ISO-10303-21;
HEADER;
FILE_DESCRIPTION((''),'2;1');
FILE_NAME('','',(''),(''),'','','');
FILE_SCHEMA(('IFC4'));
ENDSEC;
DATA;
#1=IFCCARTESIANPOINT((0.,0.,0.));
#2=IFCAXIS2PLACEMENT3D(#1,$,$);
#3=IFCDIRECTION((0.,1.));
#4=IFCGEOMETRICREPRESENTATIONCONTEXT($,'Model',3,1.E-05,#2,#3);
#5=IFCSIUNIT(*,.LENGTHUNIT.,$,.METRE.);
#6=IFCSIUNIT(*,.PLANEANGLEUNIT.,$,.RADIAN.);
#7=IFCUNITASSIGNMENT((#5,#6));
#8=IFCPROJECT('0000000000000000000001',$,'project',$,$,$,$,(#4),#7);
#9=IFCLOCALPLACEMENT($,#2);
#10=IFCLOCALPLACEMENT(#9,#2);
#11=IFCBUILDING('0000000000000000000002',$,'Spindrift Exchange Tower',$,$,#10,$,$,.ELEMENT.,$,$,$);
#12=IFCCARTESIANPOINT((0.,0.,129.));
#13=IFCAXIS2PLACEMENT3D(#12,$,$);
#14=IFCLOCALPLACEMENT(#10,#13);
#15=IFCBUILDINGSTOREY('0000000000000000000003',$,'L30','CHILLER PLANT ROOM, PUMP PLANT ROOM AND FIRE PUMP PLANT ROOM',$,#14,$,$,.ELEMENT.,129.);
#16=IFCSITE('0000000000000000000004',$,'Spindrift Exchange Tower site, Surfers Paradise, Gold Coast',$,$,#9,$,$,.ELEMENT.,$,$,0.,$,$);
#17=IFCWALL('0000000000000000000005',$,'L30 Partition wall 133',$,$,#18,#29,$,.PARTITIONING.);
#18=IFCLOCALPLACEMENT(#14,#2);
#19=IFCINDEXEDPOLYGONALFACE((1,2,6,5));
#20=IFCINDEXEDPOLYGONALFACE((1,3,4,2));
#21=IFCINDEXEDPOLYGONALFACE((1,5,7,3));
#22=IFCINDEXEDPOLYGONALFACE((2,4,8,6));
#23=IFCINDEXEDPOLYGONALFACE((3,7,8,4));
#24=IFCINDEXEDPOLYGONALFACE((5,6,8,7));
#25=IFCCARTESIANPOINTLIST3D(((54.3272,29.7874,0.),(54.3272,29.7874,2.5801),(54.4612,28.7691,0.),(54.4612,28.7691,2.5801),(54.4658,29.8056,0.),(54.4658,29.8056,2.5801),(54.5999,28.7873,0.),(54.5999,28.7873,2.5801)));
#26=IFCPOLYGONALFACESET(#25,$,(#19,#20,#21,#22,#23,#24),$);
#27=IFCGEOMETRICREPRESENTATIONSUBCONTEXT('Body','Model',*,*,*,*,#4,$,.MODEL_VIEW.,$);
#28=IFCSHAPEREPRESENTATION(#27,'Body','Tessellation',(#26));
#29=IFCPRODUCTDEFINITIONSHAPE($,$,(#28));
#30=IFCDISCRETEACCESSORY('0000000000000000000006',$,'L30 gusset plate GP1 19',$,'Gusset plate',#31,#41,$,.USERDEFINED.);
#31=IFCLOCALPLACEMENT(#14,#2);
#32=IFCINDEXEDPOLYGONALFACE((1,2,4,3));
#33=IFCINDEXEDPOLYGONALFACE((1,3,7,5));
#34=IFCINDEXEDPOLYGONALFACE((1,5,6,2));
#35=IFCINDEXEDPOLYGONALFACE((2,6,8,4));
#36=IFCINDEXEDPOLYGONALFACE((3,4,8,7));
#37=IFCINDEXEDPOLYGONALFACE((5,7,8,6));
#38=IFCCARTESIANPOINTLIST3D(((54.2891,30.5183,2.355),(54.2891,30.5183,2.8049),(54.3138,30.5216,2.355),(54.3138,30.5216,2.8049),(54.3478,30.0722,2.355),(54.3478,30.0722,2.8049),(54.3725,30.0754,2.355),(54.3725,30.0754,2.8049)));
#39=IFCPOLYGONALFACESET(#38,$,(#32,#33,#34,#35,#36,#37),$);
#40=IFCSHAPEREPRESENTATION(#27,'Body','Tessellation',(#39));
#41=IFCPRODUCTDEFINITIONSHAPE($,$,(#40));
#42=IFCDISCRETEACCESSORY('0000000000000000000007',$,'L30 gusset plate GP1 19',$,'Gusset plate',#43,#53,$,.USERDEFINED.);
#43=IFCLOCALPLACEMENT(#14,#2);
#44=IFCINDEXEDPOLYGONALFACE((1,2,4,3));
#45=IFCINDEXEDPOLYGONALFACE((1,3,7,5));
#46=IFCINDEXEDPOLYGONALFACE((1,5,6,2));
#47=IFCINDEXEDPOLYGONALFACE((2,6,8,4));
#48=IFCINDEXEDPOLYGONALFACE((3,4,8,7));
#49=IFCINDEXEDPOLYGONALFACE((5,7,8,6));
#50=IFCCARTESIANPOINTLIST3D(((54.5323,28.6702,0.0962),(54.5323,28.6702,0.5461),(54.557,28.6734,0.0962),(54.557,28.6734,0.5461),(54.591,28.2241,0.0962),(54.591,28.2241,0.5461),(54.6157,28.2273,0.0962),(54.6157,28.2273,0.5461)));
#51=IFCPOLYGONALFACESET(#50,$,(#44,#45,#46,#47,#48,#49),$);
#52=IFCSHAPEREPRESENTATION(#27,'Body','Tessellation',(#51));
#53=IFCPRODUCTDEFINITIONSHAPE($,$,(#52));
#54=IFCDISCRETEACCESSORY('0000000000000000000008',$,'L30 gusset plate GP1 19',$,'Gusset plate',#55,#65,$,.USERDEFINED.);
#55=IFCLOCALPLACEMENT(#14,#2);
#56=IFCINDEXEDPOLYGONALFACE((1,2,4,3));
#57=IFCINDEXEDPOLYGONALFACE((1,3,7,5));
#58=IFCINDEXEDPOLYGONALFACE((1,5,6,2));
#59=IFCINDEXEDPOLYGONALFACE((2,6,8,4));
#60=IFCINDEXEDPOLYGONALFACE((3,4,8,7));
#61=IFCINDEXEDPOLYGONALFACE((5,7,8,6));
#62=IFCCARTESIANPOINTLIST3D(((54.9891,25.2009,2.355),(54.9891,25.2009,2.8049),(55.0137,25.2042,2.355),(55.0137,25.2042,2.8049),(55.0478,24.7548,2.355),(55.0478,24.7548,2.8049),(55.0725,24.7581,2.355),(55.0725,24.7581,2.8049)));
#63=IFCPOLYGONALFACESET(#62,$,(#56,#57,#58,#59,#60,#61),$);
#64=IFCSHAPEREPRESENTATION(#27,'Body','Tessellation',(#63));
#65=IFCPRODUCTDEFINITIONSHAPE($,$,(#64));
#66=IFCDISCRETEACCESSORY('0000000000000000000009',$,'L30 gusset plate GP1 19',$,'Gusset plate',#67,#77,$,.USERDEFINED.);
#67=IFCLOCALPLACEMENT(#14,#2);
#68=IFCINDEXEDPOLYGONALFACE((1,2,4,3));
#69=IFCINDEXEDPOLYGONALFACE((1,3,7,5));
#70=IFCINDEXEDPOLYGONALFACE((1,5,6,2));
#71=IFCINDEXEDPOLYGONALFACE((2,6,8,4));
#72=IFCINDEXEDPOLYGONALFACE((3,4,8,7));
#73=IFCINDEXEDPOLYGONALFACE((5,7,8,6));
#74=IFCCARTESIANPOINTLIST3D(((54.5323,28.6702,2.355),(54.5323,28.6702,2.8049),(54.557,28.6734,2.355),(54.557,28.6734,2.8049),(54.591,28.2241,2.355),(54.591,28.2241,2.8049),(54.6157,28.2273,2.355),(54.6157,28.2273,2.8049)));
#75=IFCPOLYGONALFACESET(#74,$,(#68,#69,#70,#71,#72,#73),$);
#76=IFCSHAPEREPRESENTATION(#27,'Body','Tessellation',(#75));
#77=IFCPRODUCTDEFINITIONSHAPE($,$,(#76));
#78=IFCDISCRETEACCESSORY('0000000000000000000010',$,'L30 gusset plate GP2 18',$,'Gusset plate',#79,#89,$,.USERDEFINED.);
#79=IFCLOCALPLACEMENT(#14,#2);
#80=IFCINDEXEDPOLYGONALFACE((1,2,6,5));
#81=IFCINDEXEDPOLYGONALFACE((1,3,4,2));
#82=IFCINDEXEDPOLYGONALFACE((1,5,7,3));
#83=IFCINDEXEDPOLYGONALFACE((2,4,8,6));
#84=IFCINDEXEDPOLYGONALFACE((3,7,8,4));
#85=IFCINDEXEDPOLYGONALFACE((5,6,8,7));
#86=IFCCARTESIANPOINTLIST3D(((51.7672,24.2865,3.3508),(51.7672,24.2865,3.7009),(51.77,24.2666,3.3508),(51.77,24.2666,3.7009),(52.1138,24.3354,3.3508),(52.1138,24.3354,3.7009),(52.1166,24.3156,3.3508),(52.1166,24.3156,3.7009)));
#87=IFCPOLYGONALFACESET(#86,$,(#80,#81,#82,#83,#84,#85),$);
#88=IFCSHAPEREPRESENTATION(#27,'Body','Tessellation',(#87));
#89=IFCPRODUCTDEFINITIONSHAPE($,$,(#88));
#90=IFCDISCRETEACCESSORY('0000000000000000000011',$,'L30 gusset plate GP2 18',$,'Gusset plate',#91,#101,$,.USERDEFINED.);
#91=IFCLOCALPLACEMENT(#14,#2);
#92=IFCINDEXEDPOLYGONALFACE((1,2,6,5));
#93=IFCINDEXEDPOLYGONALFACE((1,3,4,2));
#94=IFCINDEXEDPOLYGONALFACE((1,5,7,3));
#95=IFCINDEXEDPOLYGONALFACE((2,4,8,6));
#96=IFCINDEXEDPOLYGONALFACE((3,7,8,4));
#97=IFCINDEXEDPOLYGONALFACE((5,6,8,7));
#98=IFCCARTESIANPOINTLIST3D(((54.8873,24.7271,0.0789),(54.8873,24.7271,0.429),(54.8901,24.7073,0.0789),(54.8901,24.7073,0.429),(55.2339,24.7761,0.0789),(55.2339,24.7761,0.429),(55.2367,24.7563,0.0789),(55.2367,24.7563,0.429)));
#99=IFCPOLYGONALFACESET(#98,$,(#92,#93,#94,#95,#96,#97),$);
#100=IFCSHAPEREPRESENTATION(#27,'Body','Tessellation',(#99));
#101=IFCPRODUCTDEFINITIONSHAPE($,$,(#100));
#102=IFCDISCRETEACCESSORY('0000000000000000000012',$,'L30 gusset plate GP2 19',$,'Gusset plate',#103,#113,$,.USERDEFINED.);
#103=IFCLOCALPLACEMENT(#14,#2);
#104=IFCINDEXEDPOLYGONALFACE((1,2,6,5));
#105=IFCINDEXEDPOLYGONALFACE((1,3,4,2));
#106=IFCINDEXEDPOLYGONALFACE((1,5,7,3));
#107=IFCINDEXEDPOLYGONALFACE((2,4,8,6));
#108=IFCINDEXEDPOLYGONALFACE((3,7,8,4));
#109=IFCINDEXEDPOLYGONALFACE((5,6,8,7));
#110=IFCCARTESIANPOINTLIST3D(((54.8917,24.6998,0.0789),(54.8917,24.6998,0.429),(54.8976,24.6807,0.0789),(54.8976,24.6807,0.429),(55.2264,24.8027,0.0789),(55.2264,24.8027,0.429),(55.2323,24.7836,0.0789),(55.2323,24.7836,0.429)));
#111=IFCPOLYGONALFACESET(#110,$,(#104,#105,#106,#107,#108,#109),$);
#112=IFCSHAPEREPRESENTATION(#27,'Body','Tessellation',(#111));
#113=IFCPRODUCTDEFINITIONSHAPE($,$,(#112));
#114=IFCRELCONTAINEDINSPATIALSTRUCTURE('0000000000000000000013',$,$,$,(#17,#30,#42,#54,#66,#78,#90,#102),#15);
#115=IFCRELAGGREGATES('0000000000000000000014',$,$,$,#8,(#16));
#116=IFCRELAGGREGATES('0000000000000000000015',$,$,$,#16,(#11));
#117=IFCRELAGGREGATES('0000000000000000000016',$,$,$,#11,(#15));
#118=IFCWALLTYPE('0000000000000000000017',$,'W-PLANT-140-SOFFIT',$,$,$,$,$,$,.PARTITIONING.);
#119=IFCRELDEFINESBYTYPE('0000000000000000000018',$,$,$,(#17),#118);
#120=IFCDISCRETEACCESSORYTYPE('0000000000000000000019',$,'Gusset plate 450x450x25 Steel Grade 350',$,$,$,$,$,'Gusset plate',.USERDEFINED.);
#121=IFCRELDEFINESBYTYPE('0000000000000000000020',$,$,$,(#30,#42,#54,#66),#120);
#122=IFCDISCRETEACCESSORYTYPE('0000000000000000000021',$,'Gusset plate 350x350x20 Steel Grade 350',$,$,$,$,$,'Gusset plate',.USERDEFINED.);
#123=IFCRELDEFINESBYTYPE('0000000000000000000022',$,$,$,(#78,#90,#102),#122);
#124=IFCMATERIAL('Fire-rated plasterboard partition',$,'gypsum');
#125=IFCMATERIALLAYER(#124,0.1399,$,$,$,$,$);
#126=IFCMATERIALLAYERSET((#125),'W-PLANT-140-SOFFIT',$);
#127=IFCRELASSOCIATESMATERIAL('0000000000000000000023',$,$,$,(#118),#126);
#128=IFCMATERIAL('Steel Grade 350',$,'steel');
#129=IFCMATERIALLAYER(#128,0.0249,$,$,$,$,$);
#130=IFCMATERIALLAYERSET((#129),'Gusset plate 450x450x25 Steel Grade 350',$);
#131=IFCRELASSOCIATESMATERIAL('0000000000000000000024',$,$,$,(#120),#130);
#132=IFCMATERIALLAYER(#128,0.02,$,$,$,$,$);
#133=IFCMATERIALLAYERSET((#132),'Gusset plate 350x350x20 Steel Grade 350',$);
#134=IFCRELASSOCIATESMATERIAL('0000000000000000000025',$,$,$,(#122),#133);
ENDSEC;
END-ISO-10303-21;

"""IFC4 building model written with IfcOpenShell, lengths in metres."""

from ifc_helpers import new_model, si_unit, direction, frame, frame_2d, origin, origin_2d, place, context, subcontext, project, spatial, rectangle, extrude, source, transform, mapped, material, layer, layer_set, type_object, element, save


model = new_model("IFC4")

# Units and contexts
model_context = context("Model", 3, precision=1e-05, world=origin(), true_north=direction((0.0, 1.0)))
body_context = subcontext(model_context, "Body", "Model", "MODEL_VIEW")
ifc_project = project(units=[si_unit("LENGTHUNIT", "METRE"), si_unit("PLANEANGLEUNIT", "RADIAN")], contexts=[model_context])

# Site, building, storey
site_placement = place(None, origin())
site = spatial("IfcSite", under=ifc_project, at=site_placement, Name="Spindrift Exchange Tower site, Surfers Paradise, Gold Coast", CompositionType="ELEMENT", RefElevation=0.0)
building_placement = place(site_placement, origin())
building = spatial("IfcBuilding", under=site, at=building_placement, Name="Spindrift Exchange Tower", CompositionType="ELEMENT")
storey_placement = place(building_placement, frame((0.0, 0.0, 129.0)))
storey = spatial("IfcBuildingStorey", under=building, at=storey_placement, Name="L30", Description="CHILLER PLANT ROOM, PUMP PLANT ROOM AND FIRE PUMP PLANT ROOM", CompositionType="ELEMENT", Elevation=129.0)

# Shared definitions
ifc_material_1 = material(Name="Steel Grade 350", Category="steel")

# Wall
ifc_material_2 = material(Name="Fire-rated plasterboard partition", Category="gypsum")
ifc_layer_1 = layer(ifc_material_2, 0.1399)
ifc_layer_set_1 = layer_set([ifc_layer_1], Name="W-PLANT-140-SOFFIT")
wall_type_1 = type_object("IfcWallType", Name="W-PLANT-140-SOFFIT", PredefinedType="PARTITIONING", material=ifc_layer_set_1)
wall_1_placement = place(storey_placement, frame((54.3965, 29.7966, 0.0), z_axis=(0.0, 0.0, 1.0), x_axis=(0.130498, -0.991449, 0.0)))
element("IfcWall", 1, at=wall_1_placement, inside=storey, type_object=wall_type_1, Name="L30 Partition wall 133", PredefinedType="PARTITIONING", context=body_context, shape_type="SweptSolid", body=[
    extrude(rectangle(XDim=1.0271, YDim=0.1399, at=frame_2d((0.5137, 0.0))), origin(), (0.0, 0.0, 1.0), 2.5801),
])

# Discrete accessories
ifc_layer_2 = layer(ifc_material_1, 0.0249)
ifc_layer_set_2 = layer_set([ifc_layer_2], Name="Gusset plate 450x450x25 Steel Grade 350")
discrete_accessory_type_1 = type_object("IfcDiscreteAccessoryType", Name="Gusset plate 450x450x25 Steel Grade 350", ElementType="Gusset plate", PredefinedType="USERDEFINED", material=ifc_layer_set_2)
shared_shape_1 = source(origin(), body_context, "Body", "SweptSolid", [
    extrude(rectangle(XDim=0.45, YDim=0.0249, at=origin_2d()), origin(), (0.0, 0.0, 1.0), 0.45),
])
for number, where, z_axis, x_axis, name in (
    (2, (54.3308, 30.2969, 2.355), (0.0, 0.0, 1.0), (0.130523, -0.991445, 0.0), "L30 gusset plate GP1 19"),
    (3, (54.574, 28.4487, 0.0962), (0.0, 0.0, 1.0), (0.130523, -0.991445, 0.0), "L30 gusset plate GP1 19"),
    (4, (55.0308, 24.9795, 2.355), (0.0, 0.0, 1.0), (0.130521, -0.991446, 0.0), "L30 gusset plate GP1 19"),
    (5, (54.574, 28.4487, 2.355), (0.0, 0.0, 1.0), (0.130526, -0.991445, 0.0), "L30 gusset plate GP1 19"),
):
    element("IfcDiscreteAccessory", number, at=place(storey_placement, frame(where, z_axis=z_axis, x_axis=x_axis)), inside=storey, type_object=discrete_accessory_type_1, Name=name, ObjectType="Gusset plate", PredefinedType="USERDEFINED", context=body_context, shape_type="MappedRepresentation", body=[
        mapped(shared_shape_1, transform((0.0, 0.0, 0.0), scale=1.0)),
    ])
ifc_layer_3 = layer(ifc_material_1, 0.02)
ifc_layer_set_3 = layer_set([ifc_layer_3], Name="Gusset plate 350x350x20 Steel Grade 350")
discrete_accessory_type_2 = type_object("IfcDiscreteAccessoryType", Name="Gusset plate 350x350x20 Steel Grade 350", ElementType="Gusset plate", PredefinedType="USERDEFINED", material=ifc_layer_set_3)
shared_shape_2 = source(origin(), body_context, "Body", "SweptSolid", [
    extrude(rectangle(XDim=0.3501, YDim=0.02, at=origin_2d()), origin(), (0.0, 0.0, 1.0), 0.3501),
])
for number, where, z_axis, x_axis, name in (
    (6, (51.9419, 24.301, 3.3508), (0.0, 0.0, 1.0), (0.990171, 0.139861, 0.0), "L30 gusset plate GP2 18"),
    (7, (55.062, 24.7417, 0.0789), (0.0, 0.0, 1.0), (0.990171, 0.139861, 0.0), "L30 gusset plate GP2 18"),
    (8, (55.062, 24.7417, 0.0789), (0.0, 0.0, 1.0), (0.955861, 0.293818, 0.0), "L30 gusset plate GP2 19"),
):
    element("IfcDiscreteAccessory", number, at=place(storey_placement, frame(where, z_axis=z_axis, x_axis=x_axis)), inside=storey, type_object=discrete_accessory_type_2, Name=name, ObjectType="Gusset plate", PredefinedType="USERDEFINED", context=body_context, shape_type="MappedRepresentation", body=[
        mapped(shared_shape_2, transform((0.0, 0.0, 0.0), scale=1.0)),
    ])

save(model, "model.ifc")
